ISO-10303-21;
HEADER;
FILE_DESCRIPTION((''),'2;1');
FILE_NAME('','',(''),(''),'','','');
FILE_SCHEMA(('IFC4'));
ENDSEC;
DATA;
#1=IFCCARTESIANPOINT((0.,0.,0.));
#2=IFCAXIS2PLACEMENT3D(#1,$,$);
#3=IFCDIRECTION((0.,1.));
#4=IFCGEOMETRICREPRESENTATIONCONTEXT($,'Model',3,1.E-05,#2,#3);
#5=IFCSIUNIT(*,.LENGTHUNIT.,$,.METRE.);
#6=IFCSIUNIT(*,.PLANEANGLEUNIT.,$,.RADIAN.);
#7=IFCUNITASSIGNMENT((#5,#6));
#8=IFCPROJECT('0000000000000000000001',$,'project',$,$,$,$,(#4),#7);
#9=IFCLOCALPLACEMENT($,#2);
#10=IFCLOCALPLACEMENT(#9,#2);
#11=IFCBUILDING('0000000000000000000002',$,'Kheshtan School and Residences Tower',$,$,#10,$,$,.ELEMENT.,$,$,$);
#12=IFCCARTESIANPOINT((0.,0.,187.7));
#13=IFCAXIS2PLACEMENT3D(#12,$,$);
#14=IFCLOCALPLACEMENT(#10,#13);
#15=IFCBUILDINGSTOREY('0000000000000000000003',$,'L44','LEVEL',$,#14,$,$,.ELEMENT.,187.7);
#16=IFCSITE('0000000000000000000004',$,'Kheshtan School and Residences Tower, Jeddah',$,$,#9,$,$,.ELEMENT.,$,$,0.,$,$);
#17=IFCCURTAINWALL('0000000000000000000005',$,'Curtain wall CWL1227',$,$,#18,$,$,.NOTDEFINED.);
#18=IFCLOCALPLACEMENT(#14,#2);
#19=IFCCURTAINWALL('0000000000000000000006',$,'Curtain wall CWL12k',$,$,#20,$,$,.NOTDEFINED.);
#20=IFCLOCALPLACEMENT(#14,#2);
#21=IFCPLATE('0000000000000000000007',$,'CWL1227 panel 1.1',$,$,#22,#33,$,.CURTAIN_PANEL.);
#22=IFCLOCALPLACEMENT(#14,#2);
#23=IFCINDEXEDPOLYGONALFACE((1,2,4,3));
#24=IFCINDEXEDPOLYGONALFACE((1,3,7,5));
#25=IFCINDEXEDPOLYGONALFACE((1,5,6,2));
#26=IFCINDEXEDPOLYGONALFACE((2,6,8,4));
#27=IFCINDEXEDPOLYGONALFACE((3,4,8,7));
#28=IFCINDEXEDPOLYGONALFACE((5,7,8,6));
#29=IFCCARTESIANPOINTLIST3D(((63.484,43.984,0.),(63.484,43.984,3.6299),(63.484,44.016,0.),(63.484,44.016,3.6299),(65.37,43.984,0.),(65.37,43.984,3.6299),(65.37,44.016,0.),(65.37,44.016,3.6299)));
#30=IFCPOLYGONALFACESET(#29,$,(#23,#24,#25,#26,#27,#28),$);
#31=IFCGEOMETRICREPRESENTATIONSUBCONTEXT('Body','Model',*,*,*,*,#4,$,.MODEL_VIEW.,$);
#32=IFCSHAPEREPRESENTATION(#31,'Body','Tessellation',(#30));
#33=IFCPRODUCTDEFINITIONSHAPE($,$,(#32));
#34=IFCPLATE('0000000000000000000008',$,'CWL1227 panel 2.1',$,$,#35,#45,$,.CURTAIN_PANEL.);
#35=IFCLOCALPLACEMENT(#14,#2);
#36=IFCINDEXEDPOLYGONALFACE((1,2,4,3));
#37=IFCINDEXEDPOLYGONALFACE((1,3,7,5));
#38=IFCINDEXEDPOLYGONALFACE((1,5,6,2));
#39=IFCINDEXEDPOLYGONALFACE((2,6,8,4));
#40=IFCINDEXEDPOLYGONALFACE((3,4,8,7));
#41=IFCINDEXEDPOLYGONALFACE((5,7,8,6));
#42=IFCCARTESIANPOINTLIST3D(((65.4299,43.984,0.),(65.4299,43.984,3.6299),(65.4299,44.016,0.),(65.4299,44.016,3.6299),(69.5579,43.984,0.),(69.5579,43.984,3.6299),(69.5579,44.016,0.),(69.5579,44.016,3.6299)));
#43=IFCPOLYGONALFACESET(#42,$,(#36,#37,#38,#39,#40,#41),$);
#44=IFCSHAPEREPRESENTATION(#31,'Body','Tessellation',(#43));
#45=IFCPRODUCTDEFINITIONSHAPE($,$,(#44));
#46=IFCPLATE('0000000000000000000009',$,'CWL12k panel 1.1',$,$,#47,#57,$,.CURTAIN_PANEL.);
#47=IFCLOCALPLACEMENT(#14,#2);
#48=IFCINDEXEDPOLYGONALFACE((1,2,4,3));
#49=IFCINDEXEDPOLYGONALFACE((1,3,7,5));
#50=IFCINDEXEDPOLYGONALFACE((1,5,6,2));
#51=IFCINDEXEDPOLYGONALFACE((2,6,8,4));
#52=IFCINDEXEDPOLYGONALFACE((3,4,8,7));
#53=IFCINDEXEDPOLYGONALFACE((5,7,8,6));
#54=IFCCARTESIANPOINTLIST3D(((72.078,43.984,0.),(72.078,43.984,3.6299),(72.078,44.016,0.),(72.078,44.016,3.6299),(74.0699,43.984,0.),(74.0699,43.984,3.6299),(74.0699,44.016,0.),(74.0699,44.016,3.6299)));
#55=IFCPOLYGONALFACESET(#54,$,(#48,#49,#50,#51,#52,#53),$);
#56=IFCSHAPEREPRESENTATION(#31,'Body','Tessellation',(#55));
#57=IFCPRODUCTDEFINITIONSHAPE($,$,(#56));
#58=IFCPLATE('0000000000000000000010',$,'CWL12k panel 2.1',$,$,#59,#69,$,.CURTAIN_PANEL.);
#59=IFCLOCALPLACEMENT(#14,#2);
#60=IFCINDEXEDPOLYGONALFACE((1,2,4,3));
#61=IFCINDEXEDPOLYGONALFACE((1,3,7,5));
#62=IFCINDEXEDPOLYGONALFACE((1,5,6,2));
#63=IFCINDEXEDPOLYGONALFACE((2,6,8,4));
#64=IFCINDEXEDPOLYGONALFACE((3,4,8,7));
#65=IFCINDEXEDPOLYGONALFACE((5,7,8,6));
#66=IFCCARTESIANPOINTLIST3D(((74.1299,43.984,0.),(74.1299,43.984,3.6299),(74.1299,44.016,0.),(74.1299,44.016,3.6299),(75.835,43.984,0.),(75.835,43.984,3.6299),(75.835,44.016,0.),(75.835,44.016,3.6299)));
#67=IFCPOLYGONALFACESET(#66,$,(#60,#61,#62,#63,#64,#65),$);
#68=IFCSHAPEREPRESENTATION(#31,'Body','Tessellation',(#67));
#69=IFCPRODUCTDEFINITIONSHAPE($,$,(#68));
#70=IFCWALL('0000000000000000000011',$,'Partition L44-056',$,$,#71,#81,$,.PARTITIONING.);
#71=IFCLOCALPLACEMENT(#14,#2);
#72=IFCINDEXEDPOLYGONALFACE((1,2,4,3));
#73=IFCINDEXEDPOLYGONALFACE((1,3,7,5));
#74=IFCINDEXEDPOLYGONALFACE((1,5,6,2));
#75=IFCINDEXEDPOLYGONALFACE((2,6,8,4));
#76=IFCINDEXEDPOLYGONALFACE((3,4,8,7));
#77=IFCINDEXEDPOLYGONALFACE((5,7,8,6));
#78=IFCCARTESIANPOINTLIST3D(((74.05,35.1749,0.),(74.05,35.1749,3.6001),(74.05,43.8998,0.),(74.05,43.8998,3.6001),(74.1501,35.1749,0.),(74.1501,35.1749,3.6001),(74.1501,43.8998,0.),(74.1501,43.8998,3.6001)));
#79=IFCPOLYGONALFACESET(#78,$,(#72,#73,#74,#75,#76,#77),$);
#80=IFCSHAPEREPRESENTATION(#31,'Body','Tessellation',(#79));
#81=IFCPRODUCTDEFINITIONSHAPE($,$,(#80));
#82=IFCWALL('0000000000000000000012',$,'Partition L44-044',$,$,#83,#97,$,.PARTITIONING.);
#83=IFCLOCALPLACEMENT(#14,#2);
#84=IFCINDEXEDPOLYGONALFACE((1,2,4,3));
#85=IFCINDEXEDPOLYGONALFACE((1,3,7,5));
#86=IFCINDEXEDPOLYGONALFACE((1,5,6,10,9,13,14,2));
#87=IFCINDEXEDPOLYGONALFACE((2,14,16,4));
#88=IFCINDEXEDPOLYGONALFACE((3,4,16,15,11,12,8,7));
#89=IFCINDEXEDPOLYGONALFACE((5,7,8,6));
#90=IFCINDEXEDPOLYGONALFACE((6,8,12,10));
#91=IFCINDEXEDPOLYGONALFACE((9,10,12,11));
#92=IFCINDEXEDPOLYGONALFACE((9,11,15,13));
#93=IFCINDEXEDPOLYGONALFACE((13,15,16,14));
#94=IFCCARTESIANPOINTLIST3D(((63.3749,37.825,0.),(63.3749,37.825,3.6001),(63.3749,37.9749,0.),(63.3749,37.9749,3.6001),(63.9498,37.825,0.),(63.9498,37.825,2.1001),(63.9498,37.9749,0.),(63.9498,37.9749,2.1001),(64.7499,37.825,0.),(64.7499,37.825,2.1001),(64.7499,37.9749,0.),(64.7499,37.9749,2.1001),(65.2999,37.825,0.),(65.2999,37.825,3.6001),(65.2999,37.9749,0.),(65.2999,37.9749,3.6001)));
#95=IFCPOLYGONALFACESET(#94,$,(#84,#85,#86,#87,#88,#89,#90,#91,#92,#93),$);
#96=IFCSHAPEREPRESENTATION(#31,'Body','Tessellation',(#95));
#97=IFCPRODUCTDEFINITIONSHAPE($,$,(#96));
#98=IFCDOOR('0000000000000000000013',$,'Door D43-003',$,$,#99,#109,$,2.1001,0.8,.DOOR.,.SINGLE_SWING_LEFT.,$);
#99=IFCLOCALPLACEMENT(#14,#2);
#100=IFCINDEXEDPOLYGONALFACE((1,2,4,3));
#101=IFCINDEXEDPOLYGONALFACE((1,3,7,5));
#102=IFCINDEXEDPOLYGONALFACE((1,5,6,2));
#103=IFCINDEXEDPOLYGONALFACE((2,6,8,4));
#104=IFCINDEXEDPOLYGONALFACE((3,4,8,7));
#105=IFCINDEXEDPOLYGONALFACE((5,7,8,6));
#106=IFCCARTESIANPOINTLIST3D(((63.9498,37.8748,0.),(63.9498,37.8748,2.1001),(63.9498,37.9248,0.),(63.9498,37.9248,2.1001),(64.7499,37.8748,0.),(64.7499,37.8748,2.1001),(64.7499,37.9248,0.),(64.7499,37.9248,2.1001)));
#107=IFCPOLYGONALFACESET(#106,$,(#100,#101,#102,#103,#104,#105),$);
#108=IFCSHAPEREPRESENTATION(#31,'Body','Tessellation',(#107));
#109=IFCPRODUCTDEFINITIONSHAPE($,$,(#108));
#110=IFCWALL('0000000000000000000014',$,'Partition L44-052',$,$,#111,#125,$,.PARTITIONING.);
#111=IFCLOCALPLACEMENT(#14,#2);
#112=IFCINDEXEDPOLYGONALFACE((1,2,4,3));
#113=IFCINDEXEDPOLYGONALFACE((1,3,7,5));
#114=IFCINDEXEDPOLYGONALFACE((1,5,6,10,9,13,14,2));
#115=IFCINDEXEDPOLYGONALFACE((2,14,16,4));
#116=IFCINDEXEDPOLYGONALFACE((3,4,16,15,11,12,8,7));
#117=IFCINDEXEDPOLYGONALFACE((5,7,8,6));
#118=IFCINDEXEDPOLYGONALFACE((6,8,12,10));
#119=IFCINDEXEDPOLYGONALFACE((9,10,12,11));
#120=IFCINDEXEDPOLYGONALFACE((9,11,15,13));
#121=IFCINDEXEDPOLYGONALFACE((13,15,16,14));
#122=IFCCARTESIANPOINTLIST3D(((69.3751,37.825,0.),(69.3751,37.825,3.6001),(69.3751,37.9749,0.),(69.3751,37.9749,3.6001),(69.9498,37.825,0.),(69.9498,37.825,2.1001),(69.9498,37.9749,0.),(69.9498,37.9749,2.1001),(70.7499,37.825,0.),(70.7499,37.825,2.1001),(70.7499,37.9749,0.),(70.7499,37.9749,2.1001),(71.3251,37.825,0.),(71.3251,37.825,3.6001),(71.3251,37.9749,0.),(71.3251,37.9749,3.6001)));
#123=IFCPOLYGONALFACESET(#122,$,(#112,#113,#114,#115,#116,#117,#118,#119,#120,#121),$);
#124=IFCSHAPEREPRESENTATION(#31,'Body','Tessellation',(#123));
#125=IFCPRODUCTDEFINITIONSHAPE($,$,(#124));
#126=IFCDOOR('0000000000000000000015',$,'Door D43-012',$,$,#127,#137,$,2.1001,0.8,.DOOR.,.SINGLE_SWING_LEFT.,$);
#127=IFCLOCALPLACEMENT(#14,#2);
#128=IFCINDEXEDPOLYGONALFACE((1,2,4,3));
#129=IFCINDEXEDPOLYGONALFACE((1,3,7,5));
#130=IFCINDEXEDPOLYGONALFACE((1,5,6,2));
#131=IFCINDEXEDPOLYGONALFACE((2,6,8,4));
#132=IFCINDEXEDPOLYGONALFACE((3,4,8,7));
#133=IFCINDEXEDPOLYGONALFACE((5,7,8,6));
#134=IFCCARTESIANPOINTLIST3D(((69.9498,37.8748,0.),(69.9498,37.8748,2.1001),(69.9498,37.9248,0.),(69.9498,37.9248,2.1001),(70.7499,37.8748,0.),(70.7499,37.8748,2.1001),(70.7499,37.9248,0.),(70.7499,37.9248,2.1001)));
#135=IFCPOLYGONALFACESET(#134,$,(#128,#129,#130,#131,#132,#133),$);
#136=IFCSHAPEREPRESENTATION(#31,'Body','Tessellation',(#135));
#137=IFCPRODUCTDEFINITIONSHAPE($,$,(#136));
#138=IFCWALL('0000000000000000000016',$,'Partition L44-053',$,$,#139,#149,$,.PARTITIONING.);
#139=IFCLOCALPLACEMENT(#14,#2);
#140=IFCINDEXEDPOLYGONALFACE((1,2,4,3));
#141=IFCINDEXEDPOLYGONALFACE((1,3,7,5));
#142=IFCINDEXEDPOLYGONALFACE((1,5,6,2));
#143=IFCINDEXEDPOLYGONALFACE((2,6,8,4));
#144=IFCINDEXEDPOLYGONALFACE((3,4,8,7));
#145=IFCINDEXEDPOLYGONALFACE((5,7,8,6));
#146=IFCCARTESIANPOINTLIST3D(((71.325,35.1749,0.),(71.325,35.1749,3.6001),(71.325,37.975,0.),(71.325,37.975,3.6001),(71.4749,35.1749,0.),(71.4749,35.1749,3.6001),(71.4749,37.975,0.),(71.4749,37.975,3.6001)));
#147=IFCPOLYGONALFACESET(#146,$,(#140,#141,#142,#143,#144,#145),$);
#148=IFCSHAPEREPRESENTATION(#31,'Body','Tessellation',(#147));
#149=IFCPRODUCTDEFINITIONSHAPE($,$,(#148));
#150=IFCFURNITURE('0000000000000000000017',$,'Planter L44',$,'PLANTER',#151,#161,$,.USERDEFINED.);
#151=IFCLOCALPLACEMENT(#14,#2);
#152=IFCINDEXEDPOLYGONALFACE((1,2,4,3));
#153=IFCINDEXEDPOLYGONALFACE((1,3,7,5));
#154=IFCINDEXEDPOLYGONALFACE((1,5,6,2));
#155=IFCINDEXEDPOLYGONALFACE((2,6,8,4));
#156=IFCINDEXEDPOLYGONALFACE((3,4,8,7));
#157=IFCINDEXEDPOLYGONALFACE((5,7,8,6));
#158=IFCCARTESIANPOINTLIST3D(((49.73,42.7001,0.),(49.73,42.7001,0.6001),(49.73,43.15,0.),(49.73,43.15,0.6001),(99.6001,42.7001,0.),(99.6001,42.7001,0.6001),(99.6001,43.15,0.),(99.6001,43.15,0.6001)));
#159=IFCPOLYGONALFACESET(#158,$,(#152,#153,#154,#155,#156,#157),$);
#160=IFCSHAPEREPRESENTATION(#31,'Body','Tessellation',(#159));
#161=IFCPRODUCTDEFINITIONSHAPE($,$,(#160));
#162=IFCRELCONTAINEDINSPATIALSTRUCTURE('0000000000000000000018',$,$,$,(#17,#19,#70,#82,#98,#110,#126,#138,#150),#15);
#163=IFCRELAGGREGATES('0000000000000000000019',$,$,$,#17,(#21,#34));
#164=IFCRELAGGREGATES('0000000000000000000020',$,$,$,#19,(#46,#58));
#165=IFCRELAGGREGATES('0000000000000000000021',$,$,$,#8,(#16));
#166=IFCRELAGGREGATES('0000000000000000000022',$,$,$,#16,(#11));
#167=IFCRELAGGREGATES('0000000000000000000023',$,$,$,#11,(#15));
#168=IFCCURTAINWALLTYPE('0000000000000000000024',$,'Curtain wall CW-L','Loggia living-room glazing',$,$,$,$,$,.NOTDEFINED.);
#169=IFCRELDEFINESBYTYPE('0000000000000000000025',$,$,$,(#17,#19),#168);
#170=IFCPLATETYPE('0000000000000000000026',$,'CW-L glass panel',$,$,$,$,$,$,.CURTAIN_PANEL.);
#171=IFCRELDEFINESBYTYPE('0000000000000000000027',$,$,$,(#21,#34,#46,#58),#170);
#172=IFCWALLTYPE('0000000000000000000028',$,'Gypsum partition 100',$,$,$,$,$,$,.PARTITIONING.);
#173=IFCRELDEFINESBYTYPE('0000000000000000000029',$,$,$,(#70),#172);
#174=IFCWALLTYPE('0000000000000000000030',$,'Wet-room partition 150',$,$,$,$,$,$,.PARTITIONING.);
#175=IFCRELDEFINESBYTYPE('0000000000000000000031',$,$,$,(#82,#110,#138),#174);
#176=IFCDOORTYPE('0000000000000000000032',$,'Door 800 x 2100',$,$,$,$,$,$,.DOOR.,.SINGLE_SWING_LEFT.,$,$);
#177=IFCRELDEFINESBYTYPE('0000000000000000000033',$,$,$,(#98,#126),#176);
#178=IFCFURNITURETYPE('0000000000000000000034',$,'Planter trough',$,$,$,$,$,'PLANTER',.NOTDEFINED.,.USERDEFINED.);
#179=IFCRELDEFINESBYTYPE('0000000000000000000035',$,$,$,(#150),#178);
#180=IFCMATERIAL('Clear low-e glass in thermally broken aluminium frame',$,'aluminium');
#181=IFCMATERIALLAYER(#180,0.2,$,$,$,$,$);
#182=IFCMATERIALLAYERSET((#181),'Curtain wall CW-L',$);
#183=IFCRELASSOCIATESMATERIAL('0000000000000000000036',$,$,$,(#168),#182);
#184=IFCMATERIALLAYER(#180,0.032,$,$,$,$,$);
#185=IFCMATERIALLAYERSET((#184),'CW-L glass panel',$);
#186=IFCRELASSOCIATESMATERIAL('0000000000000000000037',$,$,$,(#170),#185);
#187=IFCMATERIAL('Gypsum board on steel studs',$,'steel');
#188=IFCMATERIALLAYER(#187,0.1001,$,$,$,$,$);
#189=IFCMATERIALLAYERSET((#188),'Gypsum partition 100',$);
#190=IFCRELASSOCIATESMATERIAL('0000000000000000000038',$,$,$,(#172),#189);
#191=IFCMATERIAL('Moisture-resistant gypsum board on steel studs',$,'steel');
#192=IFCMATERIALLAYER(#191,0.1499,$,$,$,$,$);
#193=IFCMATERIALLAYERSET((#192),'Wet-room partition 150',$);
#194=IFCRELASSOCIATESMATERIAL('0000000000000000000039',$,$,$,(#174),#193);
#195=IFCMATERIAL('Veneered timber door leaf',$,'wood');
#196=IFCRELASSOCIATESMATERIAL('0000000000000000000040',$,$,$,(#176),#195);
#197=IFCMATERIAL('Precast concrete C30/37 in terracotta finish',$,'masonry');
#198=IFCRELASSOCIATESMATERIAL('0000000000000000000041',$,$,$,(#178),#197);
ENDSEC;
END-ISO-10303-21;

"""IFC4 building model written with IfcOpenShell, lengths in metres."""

from ifc_helpers import new_model, si_unit, direction, frame, frame_2d, origin, origin_2d, place, context, subcontext, project, spatial, rectangle, extrude, source, transform, mapped, material, layer, layer_set, type_object, element, fill, aggregate, save


model = new_model("IFC4")

# Units and contexts
model_context = context("Model", 3, precision=1e-05, world=origin(), true_north=direction((0.0, 1.0)))
body_context = subcontext(model_context, "Body", "Model", "MODEL_VIEW")
ifc_project = project(units=[si_unit("LENGTHUNIT", "METRE"), si_unit("PLANEANGLEUNIT", "RADIAN")], contexts=[model_context])

# Site, building, storey
site_placement = place(None, origin())
site = spatial("IfcSite", under=ifc_project, at=site_placement, Name="Kheshtan School and Residences Tower, Jeddah", CompositionType="ELEMENT", RefElevation=0.0)
building_placement = place(site_placement, origin())
building = spatial("IfcBuilding", under=site, at=building_placement, Name="Kheshtan School and Residences Tower", CompositionType="ELEMENT")
storey_placement = place(building_placement, frame((0.0, 0.0, 187.7)))
storey = spatial("IfcBuildingStorey", under=building, at=storey_placement, Name="L44", Description="LEVEL", CompositionType="ELEMENT", Elevation=187.7)

# Curtain walls
ifc_material_1 = material(Name="Clear low-e glass in thermally broken aluminium frame", Category="aluminium")
ifc_layer_1 = layer(ifc_material_1, 0.2)
ifc_layer_set_1 = layer_set([ifc_layer_1], Name="Curtain wall CW-L")
curtain_wall_type = type_object("IfcCurtainWallType", Name="Curtain wall CW-L", Description="Loggia living-room glazing", PredefinedType="NOTDEFINED", material=ifc_layer_set_1)
curtain_wall_1_placement = place(storey_placement, origin())
curtain_wall_1 = element("IfcCurtainWall", 1, at=curtain_wall_1_placement, inside=storey, type_object=curtain_wall_type, Name="Curtain wall CWL1227", PredefinedType="NOTDEFINED")
curtain_wall_2_placement = place(storey_placement, origin())
curtain_wall_2 = element("IfcCurtainWall", 2, at=curtain_wall_2_placement, inside=storey, type_object=curtain_wall_type, Name="Curtain wall CWL12k", PredefinedType="NOTDEFINED")

# Plates
ifc_layer_2 = layer(ifc_material_1, 0.032)
ifc_layer_set_2 = layer_set([ifc_layer_2], Name="CW-L glass panel")
plate_type = type_object("IfcPlateType", Name="CW-L glass panel", PredefinedType="CURTAIN_PANEL", material=ifc_layer_set_2)
plate_1_placement = place(storey_placement, frame((64.427, 44.0, 0.0), z_axis=(0.0, 0.0, 1.0), x_axis=(1.0, 0.0, 0.0)))
plate_1 = element("IfcPlate", 3, at=plate_1_placement, type_object=plate_type, Name="CWL1227 panel 1.1", PredefinedType="CURTAIN_PANEL", context=body_context, shape_type="SweptSolid", body=[
    extrude(rectangle(XDim=1.886, YDim=0.032, at=origin_2d()), origin(), (0.0, 0.0, 1.0), 3.6299),
])
plate_2_placement = place(storey_placement, frame((67.4939, 44.0, 0.0), z_axis=(0.0, 0.0, 1.0), x_axis=(1.0, 0.0, 0.0)))
plate_2 = element("IfcPlate", 4, at=plate_2_placement, type_object=plate_type, Name="CWL1227 panel 2.1", PredefinedType="CURTAIN_PANEL", context=body_context, shape_type="SweptSolid", body=[
    extrude(rectangle(XDim=4.1279, YDim=0.032, at=origin_2d()), origin(), (0.0, 0.0, 1.0), 3.6299),
])
aggregate(curtain_wall_1, [plate_1, plate_2])
plate_3_placement = place(storey_placement, frame((73.074, 44.0, 0.0), z_axis=(0.0, 0.0, 1.0), x_axis=(1.0, 0.0, 0.0)))
plate_3 = element("IfcPlate", 5, at=plate_3_placement, type_object=plate_type, Name="CWL12k panel 1.1", PredefinedType="CURTAIN_PANEL", context=body_context, shape_type="SweptSolid", body=[
    extrude(rectangle(XDim=1.9919, YDim=0.032, at=origin_2d()), origin(), (0.0, 0.0, 1.0), 3.6299),
])
plate_4_placement = place(storey_placement, frame((74.9824, 44.0, 0.0), z_axis=(0.0, 0.0, 1.0), x_axis=(1.0, 0.0, 0.0)))
plate_4 = element("IfcPlate", 6, at=plate_4_placement, type_object=plate_type, Name="CWL12k panel 2.1", PredefinedType="CURTAIN_PANEL", context=body_context, shape_type="SweptSolid", body=[
    extrude(rectangle(XDim=1.7051, YDim=0.032, at=origin_2d()), origin(), (0.0, 0.0, 1.0), 3.6299),
])
aggregate(curtain_wall_2, [plate_3, plate_4])

# Wall
ifc_material_2 = material(Name="Gypsum board on steel studs", Category="steel")
ifc_layer_3 = layer(ifc_material_2, 0.1001)
ifc_layer_set_3 = layer_set([ifc_layer_3], Name="Gypsum partition 100")
wall_type_1 = type_object("IfcWallType", Name="Gypsum partition 100", PredefinedType="PARTITIONING", material=ifc_layer_set_3)
wall_1_placement = place(storey_placement, frame((74.1001, 35.175, 0.0), z_axis=(0.0, 0.0, 1.0), x_axis=(0.0, 1.0, 0.0)))
element("IfcWall", 7, at=wall_1_placement, inside=storey, type_object=wall_type_1, Name="Partition L44-056", PredefinedType="PARTITIONING", context=body_context, shape_type="SweptSolid", body=[
    extrude(rectangle(XDim=8.7249, YDim=0.1001, at=frame_2d((4.3623, 0.0))), origin(), (0.0, 0.0, 1.0), 3.6001),
])

# Walls, openings, doors
ifc_material_3 = material(Name="Moisture-resistant gypsum board on steel studs", Category="steel")
ifc_layer_4 = layer(ifc_material_3, 0.1499)
ifc_layer_set_4 = layer_set([ifc_layer_4], Name="Wet-room partition 150")
wall_type_2 = type_object("IfcWallType", Name="Wet-room partition 150", PredefinedType="PARTITIONING", material=ifc_layer_set_4)
wall_2_placement = place(storey_placement, frame((63.375, 37.8999, 0.0), z_axis=(0.0, 0.0, 1.0), x_axis=(1.0, 0.0, 0.0)))
wall_2 = element("IfcWall", 8, at=wall_2_placement, inside=storey, type_object=wall_type_2, Name="Partition L44-044", PredefinedType="PARTITIONING", context=body_context, shape_type="SweptSolid", body=[
    extrude(rectangle(XDim=1.925, YDim=0.1499, at=frame_2d((0.9624, 0.0))), origin(), (0.0, 0.0, 1.0), 3.6001),
])
opening_1_placement = place(wall_2_placement, frame((0.575, 0.0, 0.0)))
opening_1 = element("IfcOpeningElement", 9, at=opening_1_placement, cuts=wall_2, PredefinedType="OPENING", context=body_context, shape_type="SweptSolid", body=[
    extrude(rectangle(XDim=0.8, YDim=2.1001, at=frame_2d((0.3999, 1.05))), frame((0.0, 0.085, 0.0), z_axis=(0.0, -1.0, 0.0), x_axis=(1.0, 0.0, 0.0)), (0.0, 0.0, 1.0), 0.1699),
])
ifc_material_4 = material(Name="Veneered timber door leaf", Category="wood")
door_type_1 = type_object("IfcDoorType", Name="Door 800 x 2100", OperationType="SINGLE_SWING_LEFT", PredefinedType="DOOR", material=ifc_material_4)
shared_shape_1 = source(origin(), body_context, "Body", "SweptSolid", [
    extrude(rectangle(XDim=0.8, YDim=2.1001, at=frame_2d((0.3999, 1.05))), frame((0.0, 0.0249, 0.0), z_axis=(0.0, -1.0, 0.0), x_axis=(1.0, 0.0, 0.0)), (0.0, 0.0, 1.0), 0.05),
])
door_1_placement = place(opening_1_placement, origin())
door_1 = element("IfcDoor", 10, at=door_1_placement, inside=storey, type_object=door_type_1, Name="Door D43-003", OperationType="SINGLE_SWING_LEFT", OverallHeight=2.1001, OverallWidth=0.8, PredefinedType="DOOR", context=body_context, shape_type="MappedRepresentation", body=[
    mapped(shared_shape_1, transform((0.0, 0.0, 0.0), x_axis=(1.0, 0.0, 0.0), y_axis=(0.0, 1.0, 0.0), z_axis=(0.0, 0.0, 1.0), scale=1.0)),
])
fill(opening_1, door_1)
wall_3_placement = place(storey_placement, frame((69.375, 37.8999, 0.0), z_axis=(0.0, 0.0, 1.0), x_axis=(1.0, 0.0, 0.0)))
wall_3 = element("IfcWall", 11, at=wall_3_placement, inside=storey, type_object=wall_type_2, Name="Partition L44-052", PredefinedType="PARTITIONING", context=body_context, shape_type="SweptSolid", body=[
    extrude(rectangle(XDim=1.95, YDim=0.1499, at=frame_2d((0.9751, 0.0))), origin(), (0.0, 0.0, 1.0), 3.6001),
])
opening_2_placement = place(wall_3_placement, frame((0.575, 0.0, 0.0)))
opening_2 = element("IfcOpeningElement", 12, at=opening_2_placement, cuts=wall_3, PredefinedType="OPENING", context=body_context, shape_type="SweptSolid", body=[
    extrude(rectangle(XDim=0.8, YDim=2.1001, at=frame_2d((0.3999, 1.05))), frame((0.0, 0.085, 0.0), z_axis=(0.0, -1.0, 0.0), x_axis=(1.0, 0.0, 0.0)), (0.0, 0.0, 1.0), 0.1699),
])
door_2_placement = place(opening_2_placement, origin())
door_2 = element("IfcDoor", 13, at=door_2_placement, inside=storey, type_object=door_type_1, Name="Door D43-012", OperationType="SINGLE_SWING_LEFT", OverallHeight=2.1001, OverallWidth=0.8, PredefinedType="DOOR", context=body_context, shape_type="MappedRepresentation", body=[
    mapped(shared_shape_1, transform((0.0, 0.0, 0.0), x_axis=(1.0, 0.0, 0.0), y_axis=(0.0, 1.0, 0.0), z_axis=(0.0, 0.0, 1.0), scale=1.0)),
])
fill(opening_2, door_2)

# Wall
wall_4_placement = place(storey_placement, frame((71.3999, 35.175, 0.0), z_axis=(0.0, 0.0, 1.0), x_axis=(0.0, 1.0, 0.0)))
element("IfcWall", 14, at=wall_4_placement, inside=storey, type_object=wall_type_2, Name="Partition L44-053", PredefinedType="PARTITIONING", context=body_context, shape_type="SweptSolid", body=[
    extrude(rectangle(XDim=2.8, YDim=0.1499, at=frame_2d((1.3999, 0.0))), origin(), (0.0, 0.0, 1.0), 3.6001),
])

# Furniture
ifc_material_5 = material(Name="Precast concrete C30/37 in terracotta finish", Category="masonry")
furniture_type = type_object("IfcFurnitureType", Name="Planter trough", ElementType="PLANTER", AssemblyPlace="NOTDEFINED", PredefinedType="USERDEFINED", material=ifc_material_5)
furniture_placement = place(storey_placement, frame((74.665, 42.925, 0.0), z_axis=(0.0, 0.0, 1.0), x_axis=(1.0, 0.0, 0.0)))
element("IfcFurniture", 15, at=furniture_placement, inside=storey, type_object=furniture_type, Name="Planter L44", ObjectType="PLANTER", PredefinedType="USERDEFINED", context=body_context, shape_type="SweptSolid", body=[
    extrude(rectangle(XDim=49.8701, YDim=0.45, at=origin_2d()), origin(), (0.0, 0.0, 1.0), 0.6001),
])

save(model, "model.ifc")
